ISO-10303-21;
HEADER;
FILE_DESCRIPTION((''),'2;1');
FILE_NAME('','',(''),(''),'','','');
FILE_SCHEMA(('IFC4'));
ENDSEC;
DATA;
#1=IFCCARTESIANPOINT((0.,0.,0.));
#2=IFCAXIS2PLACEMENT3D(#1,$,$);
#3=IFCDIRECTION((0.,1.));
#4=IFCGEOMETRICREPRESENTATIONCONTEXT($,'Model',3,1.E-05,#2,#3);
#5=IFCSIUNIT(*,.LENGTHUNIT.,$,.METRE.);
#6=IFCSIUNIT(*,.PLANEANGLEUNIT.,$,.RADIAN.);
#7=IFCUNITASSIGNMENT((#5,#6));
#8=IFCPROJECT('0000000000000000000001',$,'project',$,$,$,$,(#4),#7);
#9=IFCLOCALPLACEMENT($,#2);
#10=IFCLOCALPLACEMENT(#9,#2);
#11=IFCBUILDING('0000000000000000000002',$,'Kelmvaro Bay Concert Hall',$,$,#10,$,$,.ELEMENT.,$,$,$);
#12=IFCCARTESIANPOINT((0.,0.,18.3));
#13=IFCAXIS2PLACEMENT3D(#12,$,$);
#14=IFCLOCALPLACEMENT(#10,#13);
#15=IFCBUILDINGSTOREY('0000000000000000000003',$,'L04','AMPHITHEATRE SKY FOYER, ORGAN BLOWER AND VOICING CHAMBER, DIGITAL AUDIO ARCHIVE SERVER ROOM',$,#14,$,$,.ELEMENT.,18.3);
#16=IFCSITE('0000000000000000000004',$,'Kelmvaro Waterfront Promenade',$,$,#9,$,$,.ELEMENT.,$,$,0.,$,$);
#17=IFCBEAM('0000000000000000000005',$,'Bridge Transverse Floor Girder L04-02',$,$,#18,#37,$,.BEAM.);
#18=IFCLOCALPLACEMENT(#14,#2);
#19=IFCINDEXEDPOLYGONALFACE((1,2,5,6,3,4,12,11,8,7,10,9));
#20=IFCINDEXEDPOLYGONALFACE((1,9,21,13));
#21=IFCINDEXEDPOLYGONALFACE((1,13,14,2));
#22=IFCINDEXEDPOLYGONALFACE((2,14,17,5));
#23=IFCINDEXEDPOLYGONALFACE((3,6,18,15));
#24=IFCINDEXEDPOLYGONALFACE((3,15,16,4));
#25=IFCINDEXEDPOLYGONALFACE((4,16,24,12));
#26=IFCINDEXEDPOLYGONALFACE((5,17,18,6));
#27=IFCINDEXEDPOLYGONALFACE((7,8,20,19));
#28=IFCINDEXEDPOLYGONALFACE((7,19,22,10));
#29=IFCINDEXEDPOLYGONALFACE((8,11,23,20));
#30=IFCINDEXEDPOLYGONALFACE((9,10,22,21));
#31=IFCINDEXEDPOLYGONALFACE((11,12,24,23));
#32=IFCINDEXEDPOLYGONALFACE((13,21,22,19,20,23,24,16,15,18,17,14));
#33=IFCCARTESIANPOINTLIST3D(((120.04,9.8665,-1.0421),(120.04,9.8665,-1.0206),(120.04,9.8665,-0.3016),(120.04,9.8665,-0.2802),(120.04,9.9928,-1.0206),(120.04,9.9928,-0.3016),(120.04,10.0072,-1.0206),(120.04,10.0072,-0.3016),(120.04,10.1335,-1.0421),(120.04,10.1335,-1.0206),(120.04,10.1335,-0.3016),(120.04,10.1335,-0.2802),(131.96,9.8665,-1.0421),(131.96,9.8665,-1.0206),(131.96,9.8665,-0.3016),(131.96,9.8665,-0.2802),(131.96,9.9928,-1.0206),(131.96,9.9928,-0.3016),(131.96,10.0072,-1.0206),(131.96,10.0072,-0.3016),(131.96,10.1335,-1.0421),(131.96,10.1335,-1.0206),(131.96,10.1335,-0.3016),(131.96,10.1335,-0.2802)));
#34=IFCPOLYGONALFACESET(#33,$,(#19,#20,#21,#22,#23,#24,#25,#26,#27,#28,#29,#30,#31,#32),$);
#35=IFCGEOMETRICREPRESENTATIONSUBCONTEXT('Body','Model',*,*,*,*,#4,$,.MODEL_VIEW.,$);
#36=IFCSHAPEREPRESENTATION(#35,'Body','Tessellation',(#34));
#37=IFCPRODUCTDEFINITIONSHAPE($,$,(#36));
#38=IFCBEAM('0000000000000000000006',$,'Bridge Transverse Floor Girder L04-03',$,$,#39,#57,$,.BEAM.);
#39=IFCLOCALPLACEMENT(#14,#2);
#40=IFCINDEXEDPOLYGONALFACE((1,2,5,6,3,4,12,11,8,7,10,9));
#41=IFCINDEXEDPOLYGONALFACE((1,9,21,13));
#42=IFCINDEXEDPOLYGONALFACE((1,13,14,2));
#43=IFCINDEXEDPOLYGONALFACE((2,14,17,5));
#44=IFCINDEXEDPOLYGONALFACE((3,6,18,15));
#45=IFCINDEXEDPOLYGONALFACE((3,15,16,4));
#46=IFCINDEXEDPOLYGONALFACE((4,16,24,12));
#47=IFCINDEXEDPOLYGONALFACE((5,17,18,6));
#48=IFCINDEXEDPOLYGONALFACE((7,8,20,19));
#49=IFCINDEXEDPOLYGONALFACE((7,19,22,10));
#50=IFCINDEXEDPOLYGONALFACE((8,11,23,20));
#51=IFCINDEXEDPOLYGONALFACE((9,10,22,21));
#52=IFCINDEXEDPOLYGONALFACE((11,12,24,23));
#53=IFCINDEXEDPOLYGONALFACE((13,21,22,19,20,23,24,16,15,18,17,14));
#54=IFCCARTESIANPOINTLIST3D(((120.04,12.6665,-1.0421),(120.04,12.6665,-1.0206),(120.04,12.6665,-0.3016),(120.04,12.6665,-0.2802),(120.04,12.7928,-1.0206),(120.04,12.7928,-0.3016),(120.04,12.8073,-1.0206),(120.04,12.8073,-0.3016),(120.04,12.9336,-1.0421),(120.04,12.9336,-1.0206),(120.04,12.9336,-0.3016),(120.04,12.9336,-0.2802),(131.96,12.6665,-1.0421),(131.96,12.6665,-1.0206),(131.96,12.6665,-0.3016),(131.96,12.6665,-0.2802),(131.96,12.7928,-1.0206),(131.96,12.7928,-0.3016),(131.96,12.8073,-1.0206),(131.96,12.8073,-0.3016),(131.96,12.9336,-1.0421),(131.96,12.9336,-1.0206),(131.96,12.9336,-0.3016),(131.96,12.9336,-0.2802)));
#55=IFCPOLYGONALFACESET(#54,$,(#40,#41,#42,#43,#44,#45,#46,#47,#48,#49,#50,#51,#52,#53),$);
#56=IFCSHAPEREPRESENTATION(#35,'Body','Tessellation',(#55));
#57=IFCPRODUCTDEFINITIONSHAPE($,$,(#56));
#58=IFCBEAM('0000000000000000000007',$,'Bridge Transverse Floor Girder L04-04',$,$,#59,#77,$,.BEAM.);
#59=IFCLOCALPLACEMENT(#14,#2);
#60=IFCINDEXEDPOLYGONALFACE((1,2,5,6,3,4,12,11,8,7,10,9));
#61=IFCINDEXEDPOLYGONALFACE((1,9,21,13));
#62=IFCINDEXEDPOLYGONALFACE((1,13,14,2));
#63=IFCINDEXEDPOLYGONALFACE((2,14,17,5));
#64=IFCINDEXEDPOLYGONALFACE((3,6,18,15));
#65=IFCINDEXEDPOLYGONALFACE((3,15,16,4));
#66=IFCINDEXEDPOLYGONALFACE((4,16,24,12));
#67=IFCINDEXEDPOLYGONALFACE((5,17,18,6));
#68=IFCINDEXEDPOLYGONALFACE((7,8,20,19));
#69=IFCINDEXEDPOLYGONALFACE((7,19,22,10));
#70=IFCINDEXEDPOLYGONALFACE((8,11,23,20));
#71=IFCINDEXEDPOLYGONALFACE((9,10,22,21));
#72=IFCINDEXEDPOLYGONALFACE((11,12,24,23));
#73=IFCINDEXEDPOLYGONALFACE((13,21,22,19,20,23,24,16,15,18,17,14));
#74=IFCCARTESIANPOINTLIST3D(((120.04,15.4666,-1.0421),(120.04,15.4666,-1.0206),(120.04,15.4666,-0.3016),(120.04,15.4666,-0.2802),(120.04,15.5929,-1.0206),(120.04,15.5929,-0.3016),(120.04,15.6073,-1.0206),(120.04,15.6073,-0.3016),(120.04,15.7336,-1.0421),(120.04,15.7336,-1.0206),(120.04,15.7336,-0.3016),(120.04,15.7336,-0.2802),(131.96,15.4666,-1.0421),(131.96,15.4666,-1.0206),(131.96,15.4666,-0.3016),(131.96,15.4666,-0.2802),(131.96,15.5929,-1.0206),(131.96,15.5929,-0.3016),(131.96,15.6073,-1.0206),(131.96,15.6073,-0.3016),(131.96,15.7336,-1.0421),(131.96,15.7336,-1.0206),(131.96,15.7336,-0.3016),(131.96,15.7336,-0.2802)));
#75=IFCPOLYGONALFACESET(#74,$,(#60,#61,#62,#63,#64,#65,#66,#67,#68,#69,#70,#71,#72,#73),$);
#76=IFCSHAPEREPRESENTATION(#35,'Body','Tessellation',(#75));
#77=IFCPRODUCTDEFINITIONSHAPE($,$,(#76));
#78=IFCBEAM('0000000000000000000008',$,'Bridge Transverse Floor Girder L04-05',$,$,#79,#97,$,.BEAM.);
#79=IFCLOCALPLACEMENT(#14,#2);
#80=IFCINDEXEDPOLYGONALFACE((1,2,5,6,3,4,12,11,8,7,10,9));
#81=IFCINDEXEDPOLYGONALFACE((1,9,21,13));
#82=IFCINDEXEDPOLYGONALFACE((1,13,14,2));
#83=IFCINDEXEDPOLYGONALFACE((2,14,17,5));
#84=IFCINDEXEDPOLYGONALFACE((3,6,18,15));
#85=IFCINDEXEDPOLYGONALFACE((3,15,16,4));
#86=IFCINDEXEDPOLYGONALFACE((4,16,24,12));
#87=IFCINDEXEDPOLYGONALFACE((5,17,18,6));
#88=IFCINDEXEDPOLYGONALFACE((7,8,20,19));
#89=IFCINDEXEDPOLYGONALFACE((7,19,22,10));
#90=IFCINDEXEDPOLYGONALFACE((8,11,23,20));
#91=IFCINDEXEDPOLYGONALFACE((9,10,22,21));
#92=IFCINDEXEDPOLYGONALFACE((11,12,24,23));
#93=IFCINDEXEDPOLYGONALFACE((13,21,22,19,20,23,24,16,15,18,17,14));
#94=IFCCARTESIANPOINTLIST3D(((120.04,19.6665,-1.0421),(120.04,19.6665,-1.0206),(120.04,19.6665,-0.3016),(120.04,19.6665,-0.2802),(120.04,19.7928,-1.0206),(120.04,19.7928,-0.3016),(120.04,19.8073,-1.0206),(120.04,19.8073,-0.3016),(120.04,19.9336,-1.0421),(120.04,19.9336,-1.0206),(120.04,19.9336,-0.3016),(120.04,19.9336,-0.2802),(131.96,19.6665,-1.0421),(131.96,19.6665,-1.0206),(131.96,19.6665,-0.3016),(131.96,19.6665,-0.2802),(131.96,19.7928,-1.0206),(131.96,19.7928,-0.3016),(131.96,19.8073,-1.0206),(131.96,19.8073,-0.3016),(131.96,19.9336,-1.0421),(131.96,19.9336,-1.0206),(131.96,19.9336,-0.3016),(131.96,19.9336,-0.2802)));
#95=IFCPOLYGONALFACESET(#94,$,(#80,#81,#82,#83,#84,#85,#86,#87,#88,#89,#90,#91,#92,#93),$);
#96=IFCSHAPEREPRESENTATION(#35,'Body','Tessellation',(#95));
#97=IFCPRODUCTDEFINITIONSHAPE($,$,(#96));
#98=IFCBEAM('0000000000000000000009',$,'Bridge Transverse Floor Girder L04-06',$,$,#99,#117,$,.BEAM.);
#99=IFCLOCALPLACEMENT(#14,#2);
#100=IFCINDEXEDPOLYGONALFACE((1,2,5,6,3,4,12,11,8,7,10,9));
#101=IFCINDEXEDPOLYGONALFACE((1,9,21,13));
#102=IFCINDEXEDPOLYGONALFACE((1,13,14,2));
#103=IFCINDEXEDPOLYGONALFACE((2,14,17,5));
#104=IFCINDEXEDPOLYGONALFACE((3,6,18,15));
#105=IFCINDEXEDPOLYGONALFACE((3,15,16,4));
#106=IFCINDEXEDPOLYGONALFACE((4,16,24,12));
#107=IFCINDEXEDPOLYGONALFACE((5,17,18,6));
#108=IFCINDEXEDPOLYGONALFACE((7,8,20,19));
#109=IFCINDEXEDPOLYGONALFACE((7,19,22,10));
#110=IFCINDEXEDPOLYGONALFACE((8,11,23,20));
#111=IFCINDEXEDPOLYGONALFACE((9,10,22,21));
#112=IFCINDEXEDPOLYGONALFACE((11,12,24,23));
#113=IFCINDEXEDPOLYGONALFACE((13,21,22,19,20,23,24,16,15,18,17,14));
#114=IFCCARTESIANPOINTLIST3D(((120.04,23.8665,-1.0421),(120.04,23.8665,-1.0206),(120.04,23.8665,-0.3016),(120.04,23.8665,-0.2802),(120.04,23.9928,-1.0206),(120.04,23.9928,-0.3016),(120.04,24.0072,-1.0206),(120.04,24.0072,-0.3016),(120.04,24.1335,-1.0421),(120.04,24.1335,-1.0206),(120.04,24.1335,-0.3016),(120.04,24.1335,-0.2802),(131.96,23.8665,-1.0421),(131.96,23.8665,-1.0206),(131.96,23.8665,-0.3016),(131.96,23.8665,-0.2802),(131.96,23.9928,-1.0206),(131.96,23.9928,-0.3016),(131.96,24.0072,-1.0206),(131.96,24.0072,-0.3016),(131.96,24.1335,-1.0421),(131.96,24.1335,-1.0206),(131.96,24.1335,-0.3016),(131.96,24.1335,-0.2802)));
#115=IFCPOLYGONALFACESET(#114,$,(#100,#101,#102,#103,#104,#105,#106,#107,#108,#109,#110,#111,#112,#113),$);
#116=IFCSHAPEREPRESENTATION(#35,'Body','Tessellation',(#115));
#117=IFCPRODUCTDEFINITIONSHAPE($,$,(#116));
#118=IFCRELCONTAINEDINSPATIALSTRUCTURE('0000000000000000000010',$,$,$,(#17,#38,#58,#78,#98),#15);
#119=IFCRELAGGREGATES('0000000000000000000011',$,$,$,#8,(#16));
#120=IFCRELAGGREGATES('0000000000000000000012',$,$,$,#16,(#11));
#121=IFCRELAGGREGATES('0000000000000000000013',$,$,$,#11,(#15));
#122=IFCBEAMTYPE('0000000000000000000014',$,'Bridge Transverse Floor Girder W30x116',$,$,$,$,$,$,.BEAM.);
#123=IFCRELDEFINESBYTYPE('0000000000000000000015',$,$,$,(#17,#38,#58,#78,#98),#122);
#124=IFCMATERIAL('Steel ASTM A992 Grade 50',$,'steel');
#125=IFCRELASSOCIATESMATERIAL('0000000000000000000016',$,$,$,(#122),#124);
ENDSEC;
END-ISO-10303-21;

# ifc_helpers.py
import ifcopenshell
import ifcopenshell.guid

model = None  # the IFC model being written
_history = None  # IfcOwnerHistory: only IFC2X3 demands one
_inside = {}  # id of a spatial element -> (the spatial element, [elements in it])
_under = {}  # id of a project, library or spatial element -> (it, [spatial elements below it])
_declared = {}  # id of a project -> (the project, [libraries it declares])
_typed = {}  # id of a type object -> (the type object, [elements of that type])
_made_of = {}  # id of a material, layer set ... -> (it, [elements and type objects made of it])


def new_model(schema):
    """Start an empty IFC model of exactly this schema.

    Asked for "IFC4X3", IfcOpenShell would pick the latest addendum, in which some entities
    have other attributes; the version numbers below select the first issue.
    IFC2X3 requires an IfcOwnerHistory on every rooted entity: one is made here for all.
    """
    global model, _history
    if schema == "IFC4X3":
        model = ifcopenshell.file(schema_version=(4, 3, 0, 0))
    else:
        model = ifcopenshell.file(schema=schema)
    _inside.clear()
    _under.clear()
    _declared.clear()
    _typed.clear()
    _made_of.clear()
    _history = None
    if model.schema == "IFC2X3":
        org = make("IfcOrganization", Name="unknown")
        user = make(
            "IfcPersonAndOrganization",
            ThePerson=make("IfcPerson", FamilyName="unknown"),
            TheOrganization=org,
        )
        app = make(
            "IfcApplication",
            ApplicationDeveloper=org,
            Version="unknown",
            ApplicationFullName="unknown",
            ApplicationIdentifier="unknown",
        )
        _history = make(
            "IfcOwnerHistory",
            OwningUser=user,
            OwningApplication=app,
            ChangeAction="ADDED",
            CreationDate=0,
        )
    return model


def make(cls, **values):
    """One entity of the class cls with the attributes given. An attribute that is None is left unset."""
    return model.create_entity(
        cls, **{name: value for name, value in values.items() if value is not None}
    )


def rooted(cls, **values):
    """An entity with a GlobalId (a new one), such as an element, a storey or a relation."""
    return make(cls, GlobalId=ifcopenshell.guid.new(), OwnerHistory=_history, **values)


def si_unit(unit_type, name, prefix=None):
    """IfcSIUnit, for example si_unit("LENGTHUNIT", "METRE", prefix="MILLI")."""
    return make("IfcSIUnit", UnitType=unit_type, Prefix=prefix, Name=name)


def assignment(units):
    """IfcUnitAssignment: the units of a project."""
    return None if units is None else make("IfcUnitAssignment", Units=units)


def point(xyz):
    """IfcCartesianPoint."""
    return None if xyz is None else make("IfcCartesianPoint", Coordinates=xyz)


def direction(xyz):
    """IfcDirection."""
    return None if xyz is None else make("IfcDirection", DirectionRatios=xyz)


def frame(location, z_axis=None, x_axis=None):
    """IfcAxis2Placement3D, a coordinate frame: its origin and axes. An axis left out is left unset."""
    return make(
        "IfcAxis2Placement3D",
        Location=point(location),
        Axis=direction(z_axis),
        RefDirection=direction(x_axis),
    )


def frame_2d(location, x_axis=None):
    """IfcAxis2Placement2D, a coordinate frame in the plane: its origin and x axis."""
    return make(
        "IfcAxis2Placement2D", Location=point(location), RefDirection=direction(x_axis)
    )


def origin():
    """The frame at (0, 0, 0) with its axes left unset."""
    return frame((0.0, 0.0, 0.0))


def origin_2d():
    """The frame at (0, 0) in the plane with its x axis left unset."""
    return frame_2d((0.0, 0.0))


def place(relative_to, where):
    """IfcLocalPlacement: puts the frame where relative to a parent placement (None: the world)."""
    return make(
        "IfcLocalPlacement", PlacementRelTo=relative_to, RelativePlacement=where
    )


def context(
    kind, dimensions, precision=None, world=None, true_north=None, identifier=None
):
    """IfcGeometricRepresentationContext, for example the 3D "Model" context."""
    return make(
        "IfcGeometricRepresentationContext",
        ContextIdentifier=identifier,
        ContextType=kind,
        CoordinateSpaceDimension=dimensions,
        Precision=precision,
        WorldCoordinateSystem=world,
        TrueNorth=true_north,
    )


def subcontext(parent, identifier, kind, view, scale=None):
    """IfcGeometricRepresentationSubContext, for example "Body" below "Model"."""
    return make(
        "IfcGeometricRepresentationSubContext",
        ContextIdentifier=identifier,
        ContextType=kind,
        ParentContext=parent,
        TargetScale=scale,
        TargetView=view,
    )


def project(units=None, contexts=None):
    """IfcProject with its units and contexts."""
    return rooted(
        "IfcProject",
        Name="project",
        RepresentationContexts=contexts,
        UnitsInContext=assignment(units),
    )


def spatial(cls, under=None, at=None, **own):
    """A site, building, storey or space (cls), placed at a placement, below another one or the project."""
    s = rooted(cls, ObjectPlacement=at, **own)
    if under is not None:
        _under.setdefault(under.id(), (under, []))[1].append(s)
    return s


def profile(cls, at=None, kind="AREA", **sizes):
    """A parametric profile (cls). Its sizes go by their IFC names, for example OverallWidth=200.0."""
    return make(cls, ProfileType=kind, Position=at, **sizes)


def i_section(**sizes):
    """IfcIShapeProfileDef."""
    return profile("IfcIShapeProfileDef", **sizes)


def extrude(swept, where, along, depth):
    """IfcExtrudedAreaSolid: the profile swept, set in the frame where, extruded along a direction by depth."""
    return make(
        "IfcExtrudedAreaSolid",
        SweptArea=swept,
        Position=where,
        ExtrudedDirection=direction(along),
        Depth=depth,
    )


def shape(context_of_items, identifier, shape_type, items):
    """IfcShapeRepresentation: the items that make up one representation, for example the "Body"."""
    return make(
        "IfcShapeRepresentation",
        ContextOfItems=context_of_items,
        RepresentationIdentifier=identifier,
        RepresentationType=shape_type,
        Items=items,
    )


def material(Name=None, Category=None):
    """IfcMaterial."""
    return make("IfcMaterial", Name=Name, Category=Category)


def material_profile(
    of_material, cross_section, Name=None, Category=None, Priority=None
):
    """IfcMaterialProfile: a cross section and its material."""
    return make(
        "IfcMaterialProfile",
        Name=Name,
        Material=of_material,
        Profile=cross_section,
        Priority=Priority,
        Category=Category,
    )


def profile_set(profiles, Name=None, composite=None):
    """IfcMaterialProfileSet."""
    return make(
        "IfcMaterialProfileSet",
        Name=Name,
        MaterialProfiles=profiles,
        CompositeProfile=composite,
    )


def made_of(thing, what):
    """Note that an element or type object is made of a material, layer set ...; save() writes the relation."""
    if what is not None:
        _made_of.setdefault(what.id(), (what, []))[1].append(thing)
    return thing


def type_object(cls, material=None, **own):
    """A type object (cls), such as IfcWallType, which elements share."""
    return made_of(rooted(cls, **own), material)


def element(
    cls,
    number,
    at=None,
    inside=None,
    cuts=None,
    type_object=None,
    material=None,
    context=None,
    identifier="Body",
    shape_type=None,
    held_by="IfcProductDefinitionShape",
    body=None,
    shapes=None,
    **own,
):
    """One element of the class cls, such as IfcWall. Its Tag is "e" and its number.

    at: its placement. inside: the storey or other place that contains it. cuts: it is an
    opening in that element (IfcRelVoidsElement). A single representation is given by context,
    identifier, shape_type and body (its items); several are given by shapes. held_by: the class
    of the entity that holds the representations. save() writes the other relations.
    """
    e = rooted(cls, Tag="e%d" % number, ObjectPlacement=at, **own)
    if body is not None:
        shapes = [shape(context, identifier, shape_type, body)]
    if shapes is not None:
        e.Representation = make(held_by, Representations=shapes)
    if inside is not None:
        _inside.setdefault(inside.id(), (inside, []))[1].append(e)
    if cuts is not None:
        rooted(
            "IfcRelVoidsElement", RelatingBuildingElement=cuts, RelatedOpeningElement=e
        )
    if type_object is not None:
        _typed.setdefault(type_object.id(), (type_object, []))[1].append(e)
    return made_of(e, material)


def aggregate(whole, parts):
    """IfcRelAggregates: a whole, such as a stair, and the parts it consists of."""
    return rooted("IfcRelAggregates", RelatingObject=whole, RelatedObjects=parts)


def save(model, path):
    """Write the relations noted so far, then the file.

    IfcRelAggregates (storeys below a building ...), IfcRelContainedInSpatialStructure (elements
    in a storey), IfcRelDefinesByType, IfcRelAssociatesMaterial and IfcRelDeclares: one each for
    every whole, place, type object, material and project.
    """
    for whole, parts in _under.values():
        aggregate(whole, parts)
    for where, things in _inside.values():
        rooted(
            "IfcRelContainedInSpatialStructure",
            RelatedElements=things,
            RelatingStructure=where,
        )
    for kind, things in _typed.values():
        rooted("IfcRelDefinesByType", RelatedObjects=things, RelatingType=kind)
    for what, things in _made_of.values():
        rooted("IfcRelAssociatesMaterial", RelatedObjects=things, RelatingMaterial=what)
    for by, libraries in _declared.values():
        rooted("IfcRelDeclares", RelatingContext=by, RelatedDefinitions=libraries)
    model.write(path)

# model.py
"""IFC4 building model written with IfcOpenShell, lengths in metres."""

from ifc_helpers import new_model, si_unit, direction, frame, origin, origin_2d, place, context, subcontext, project, spatial, i_section, extrude, material, material_profile, profile_set, type_object, element, save


model = new_model("IFC4")

# Units and contexts
model_context = context("Model", 3, precision=1e-05, world=origin(), true_north=direction((0.0, 1.0)))
body_context = subcontext(model_context, "Body", "Model", "MODEL_VIEW")
ifc_project = project(units=[si_unit("LENGTHUNIT", "METRE"), si_unit("PLANEANGLEUNIT", "RADIAN")], contexts=[model_context])

# Site, building, storey
site_placement = place(None, origin())
site = spatial("IfcSite", under=ifc_project, at=site_placement, Name="Kelmvaro Waterfront Promenade", CompositionType="ELEMENT", RefElevation=0.0)
building_placement = place(site_placement, origin())
building = spatial("IfcBuilding", under=site, at=building_placement, Name="Kelmvaro Bay Concert Hall", CompositionType="ELEMENT")
storey_placement = place(building_placement, frame((0.0, 0.0, 18.3)))
storey = spatial("IfcBuildingStorey", under=building, at=storey_placement, Name="L04", Description="AMPHITHEATRE SKY FOYER, ORGAN BLOWER AND VOICING CHAMBER, DIGITAL AUDIO ARCHIVE SERVER ROOM", CompositionType="ELEMENT", Elevation=18.3)

# Beams
ifc_material_1 = material(Name="Steel ASTM A992 Grade 50", Category="steel")
ifc_material_profile_1 = material_profile(ifc_material_1, i_section(OverallWidth=0.2671, OverallDepth=0.762, WebThickness=0.0144, FlangeThickness=0.0215, at=origin_2d()), Name="W30X116")
ifc_profile_set_1 = profile_set([ifc_material_profile_1], Name="Steel ASTM A992 Grade 50")
beam_type_1 = type_object("IfcBeamType", Name="Bridge Transverse Floor Girder W30x116", PredefinedType="BEAM", material=ifc_profile_set_1)
for number, where, z_axis, x_axis, name in (
    (1, (120.04, 10.0, -0.6611), (1.0, 0.0, 0.0), (0.0, 1.0, 0.0), "Bridge Transverse Floor Girder L04-02"),
    (2, (120.04, 12.8, -0.6611), (1.0, 0.0, 0.0), (0.0, 1.0, 0.0), "Bridge Transverse Floor Girder L04-03"),
    (3, (120.04, 15.6001, -0.6611), (1.0, 0.0, 0.0), (0.0, 1.0, 0.0), "Bridge Transverse Floor Girder L04-04"),
    (4, (120.04, 19.8, -0.6611), (1.0, 0.0, 0.0), (0.0, 1.0, 0.0), "Bridge Transverse Floor Girder L04-05"),
    (5, (120.04, 24.0, -0.6611), (1.0, 0.0, 0.0), (0.0, 1.0, 0.0), "Bridge Transverse Floor Girder L04-06"),
):
    element("IfcBeam", number, at=place(storey_placement, frame(where, z_axis=z_axis, x_axis=x_axis)), inside=storey, type_object=beam_type_1, Name=name, PredefinedType="BEAM", context=body_context, shape_type="SweptSolid", body=[
        extrude(i_section(OverallWidth=0.2671, OverallDepth=0.762, WebThickness=0.0144, FlangeThickness=0.0215, at=origin_2d()), origin(), (0.0, 0.0, 1.0), 11.9199),
    ])

save(model, "model.ifc")
